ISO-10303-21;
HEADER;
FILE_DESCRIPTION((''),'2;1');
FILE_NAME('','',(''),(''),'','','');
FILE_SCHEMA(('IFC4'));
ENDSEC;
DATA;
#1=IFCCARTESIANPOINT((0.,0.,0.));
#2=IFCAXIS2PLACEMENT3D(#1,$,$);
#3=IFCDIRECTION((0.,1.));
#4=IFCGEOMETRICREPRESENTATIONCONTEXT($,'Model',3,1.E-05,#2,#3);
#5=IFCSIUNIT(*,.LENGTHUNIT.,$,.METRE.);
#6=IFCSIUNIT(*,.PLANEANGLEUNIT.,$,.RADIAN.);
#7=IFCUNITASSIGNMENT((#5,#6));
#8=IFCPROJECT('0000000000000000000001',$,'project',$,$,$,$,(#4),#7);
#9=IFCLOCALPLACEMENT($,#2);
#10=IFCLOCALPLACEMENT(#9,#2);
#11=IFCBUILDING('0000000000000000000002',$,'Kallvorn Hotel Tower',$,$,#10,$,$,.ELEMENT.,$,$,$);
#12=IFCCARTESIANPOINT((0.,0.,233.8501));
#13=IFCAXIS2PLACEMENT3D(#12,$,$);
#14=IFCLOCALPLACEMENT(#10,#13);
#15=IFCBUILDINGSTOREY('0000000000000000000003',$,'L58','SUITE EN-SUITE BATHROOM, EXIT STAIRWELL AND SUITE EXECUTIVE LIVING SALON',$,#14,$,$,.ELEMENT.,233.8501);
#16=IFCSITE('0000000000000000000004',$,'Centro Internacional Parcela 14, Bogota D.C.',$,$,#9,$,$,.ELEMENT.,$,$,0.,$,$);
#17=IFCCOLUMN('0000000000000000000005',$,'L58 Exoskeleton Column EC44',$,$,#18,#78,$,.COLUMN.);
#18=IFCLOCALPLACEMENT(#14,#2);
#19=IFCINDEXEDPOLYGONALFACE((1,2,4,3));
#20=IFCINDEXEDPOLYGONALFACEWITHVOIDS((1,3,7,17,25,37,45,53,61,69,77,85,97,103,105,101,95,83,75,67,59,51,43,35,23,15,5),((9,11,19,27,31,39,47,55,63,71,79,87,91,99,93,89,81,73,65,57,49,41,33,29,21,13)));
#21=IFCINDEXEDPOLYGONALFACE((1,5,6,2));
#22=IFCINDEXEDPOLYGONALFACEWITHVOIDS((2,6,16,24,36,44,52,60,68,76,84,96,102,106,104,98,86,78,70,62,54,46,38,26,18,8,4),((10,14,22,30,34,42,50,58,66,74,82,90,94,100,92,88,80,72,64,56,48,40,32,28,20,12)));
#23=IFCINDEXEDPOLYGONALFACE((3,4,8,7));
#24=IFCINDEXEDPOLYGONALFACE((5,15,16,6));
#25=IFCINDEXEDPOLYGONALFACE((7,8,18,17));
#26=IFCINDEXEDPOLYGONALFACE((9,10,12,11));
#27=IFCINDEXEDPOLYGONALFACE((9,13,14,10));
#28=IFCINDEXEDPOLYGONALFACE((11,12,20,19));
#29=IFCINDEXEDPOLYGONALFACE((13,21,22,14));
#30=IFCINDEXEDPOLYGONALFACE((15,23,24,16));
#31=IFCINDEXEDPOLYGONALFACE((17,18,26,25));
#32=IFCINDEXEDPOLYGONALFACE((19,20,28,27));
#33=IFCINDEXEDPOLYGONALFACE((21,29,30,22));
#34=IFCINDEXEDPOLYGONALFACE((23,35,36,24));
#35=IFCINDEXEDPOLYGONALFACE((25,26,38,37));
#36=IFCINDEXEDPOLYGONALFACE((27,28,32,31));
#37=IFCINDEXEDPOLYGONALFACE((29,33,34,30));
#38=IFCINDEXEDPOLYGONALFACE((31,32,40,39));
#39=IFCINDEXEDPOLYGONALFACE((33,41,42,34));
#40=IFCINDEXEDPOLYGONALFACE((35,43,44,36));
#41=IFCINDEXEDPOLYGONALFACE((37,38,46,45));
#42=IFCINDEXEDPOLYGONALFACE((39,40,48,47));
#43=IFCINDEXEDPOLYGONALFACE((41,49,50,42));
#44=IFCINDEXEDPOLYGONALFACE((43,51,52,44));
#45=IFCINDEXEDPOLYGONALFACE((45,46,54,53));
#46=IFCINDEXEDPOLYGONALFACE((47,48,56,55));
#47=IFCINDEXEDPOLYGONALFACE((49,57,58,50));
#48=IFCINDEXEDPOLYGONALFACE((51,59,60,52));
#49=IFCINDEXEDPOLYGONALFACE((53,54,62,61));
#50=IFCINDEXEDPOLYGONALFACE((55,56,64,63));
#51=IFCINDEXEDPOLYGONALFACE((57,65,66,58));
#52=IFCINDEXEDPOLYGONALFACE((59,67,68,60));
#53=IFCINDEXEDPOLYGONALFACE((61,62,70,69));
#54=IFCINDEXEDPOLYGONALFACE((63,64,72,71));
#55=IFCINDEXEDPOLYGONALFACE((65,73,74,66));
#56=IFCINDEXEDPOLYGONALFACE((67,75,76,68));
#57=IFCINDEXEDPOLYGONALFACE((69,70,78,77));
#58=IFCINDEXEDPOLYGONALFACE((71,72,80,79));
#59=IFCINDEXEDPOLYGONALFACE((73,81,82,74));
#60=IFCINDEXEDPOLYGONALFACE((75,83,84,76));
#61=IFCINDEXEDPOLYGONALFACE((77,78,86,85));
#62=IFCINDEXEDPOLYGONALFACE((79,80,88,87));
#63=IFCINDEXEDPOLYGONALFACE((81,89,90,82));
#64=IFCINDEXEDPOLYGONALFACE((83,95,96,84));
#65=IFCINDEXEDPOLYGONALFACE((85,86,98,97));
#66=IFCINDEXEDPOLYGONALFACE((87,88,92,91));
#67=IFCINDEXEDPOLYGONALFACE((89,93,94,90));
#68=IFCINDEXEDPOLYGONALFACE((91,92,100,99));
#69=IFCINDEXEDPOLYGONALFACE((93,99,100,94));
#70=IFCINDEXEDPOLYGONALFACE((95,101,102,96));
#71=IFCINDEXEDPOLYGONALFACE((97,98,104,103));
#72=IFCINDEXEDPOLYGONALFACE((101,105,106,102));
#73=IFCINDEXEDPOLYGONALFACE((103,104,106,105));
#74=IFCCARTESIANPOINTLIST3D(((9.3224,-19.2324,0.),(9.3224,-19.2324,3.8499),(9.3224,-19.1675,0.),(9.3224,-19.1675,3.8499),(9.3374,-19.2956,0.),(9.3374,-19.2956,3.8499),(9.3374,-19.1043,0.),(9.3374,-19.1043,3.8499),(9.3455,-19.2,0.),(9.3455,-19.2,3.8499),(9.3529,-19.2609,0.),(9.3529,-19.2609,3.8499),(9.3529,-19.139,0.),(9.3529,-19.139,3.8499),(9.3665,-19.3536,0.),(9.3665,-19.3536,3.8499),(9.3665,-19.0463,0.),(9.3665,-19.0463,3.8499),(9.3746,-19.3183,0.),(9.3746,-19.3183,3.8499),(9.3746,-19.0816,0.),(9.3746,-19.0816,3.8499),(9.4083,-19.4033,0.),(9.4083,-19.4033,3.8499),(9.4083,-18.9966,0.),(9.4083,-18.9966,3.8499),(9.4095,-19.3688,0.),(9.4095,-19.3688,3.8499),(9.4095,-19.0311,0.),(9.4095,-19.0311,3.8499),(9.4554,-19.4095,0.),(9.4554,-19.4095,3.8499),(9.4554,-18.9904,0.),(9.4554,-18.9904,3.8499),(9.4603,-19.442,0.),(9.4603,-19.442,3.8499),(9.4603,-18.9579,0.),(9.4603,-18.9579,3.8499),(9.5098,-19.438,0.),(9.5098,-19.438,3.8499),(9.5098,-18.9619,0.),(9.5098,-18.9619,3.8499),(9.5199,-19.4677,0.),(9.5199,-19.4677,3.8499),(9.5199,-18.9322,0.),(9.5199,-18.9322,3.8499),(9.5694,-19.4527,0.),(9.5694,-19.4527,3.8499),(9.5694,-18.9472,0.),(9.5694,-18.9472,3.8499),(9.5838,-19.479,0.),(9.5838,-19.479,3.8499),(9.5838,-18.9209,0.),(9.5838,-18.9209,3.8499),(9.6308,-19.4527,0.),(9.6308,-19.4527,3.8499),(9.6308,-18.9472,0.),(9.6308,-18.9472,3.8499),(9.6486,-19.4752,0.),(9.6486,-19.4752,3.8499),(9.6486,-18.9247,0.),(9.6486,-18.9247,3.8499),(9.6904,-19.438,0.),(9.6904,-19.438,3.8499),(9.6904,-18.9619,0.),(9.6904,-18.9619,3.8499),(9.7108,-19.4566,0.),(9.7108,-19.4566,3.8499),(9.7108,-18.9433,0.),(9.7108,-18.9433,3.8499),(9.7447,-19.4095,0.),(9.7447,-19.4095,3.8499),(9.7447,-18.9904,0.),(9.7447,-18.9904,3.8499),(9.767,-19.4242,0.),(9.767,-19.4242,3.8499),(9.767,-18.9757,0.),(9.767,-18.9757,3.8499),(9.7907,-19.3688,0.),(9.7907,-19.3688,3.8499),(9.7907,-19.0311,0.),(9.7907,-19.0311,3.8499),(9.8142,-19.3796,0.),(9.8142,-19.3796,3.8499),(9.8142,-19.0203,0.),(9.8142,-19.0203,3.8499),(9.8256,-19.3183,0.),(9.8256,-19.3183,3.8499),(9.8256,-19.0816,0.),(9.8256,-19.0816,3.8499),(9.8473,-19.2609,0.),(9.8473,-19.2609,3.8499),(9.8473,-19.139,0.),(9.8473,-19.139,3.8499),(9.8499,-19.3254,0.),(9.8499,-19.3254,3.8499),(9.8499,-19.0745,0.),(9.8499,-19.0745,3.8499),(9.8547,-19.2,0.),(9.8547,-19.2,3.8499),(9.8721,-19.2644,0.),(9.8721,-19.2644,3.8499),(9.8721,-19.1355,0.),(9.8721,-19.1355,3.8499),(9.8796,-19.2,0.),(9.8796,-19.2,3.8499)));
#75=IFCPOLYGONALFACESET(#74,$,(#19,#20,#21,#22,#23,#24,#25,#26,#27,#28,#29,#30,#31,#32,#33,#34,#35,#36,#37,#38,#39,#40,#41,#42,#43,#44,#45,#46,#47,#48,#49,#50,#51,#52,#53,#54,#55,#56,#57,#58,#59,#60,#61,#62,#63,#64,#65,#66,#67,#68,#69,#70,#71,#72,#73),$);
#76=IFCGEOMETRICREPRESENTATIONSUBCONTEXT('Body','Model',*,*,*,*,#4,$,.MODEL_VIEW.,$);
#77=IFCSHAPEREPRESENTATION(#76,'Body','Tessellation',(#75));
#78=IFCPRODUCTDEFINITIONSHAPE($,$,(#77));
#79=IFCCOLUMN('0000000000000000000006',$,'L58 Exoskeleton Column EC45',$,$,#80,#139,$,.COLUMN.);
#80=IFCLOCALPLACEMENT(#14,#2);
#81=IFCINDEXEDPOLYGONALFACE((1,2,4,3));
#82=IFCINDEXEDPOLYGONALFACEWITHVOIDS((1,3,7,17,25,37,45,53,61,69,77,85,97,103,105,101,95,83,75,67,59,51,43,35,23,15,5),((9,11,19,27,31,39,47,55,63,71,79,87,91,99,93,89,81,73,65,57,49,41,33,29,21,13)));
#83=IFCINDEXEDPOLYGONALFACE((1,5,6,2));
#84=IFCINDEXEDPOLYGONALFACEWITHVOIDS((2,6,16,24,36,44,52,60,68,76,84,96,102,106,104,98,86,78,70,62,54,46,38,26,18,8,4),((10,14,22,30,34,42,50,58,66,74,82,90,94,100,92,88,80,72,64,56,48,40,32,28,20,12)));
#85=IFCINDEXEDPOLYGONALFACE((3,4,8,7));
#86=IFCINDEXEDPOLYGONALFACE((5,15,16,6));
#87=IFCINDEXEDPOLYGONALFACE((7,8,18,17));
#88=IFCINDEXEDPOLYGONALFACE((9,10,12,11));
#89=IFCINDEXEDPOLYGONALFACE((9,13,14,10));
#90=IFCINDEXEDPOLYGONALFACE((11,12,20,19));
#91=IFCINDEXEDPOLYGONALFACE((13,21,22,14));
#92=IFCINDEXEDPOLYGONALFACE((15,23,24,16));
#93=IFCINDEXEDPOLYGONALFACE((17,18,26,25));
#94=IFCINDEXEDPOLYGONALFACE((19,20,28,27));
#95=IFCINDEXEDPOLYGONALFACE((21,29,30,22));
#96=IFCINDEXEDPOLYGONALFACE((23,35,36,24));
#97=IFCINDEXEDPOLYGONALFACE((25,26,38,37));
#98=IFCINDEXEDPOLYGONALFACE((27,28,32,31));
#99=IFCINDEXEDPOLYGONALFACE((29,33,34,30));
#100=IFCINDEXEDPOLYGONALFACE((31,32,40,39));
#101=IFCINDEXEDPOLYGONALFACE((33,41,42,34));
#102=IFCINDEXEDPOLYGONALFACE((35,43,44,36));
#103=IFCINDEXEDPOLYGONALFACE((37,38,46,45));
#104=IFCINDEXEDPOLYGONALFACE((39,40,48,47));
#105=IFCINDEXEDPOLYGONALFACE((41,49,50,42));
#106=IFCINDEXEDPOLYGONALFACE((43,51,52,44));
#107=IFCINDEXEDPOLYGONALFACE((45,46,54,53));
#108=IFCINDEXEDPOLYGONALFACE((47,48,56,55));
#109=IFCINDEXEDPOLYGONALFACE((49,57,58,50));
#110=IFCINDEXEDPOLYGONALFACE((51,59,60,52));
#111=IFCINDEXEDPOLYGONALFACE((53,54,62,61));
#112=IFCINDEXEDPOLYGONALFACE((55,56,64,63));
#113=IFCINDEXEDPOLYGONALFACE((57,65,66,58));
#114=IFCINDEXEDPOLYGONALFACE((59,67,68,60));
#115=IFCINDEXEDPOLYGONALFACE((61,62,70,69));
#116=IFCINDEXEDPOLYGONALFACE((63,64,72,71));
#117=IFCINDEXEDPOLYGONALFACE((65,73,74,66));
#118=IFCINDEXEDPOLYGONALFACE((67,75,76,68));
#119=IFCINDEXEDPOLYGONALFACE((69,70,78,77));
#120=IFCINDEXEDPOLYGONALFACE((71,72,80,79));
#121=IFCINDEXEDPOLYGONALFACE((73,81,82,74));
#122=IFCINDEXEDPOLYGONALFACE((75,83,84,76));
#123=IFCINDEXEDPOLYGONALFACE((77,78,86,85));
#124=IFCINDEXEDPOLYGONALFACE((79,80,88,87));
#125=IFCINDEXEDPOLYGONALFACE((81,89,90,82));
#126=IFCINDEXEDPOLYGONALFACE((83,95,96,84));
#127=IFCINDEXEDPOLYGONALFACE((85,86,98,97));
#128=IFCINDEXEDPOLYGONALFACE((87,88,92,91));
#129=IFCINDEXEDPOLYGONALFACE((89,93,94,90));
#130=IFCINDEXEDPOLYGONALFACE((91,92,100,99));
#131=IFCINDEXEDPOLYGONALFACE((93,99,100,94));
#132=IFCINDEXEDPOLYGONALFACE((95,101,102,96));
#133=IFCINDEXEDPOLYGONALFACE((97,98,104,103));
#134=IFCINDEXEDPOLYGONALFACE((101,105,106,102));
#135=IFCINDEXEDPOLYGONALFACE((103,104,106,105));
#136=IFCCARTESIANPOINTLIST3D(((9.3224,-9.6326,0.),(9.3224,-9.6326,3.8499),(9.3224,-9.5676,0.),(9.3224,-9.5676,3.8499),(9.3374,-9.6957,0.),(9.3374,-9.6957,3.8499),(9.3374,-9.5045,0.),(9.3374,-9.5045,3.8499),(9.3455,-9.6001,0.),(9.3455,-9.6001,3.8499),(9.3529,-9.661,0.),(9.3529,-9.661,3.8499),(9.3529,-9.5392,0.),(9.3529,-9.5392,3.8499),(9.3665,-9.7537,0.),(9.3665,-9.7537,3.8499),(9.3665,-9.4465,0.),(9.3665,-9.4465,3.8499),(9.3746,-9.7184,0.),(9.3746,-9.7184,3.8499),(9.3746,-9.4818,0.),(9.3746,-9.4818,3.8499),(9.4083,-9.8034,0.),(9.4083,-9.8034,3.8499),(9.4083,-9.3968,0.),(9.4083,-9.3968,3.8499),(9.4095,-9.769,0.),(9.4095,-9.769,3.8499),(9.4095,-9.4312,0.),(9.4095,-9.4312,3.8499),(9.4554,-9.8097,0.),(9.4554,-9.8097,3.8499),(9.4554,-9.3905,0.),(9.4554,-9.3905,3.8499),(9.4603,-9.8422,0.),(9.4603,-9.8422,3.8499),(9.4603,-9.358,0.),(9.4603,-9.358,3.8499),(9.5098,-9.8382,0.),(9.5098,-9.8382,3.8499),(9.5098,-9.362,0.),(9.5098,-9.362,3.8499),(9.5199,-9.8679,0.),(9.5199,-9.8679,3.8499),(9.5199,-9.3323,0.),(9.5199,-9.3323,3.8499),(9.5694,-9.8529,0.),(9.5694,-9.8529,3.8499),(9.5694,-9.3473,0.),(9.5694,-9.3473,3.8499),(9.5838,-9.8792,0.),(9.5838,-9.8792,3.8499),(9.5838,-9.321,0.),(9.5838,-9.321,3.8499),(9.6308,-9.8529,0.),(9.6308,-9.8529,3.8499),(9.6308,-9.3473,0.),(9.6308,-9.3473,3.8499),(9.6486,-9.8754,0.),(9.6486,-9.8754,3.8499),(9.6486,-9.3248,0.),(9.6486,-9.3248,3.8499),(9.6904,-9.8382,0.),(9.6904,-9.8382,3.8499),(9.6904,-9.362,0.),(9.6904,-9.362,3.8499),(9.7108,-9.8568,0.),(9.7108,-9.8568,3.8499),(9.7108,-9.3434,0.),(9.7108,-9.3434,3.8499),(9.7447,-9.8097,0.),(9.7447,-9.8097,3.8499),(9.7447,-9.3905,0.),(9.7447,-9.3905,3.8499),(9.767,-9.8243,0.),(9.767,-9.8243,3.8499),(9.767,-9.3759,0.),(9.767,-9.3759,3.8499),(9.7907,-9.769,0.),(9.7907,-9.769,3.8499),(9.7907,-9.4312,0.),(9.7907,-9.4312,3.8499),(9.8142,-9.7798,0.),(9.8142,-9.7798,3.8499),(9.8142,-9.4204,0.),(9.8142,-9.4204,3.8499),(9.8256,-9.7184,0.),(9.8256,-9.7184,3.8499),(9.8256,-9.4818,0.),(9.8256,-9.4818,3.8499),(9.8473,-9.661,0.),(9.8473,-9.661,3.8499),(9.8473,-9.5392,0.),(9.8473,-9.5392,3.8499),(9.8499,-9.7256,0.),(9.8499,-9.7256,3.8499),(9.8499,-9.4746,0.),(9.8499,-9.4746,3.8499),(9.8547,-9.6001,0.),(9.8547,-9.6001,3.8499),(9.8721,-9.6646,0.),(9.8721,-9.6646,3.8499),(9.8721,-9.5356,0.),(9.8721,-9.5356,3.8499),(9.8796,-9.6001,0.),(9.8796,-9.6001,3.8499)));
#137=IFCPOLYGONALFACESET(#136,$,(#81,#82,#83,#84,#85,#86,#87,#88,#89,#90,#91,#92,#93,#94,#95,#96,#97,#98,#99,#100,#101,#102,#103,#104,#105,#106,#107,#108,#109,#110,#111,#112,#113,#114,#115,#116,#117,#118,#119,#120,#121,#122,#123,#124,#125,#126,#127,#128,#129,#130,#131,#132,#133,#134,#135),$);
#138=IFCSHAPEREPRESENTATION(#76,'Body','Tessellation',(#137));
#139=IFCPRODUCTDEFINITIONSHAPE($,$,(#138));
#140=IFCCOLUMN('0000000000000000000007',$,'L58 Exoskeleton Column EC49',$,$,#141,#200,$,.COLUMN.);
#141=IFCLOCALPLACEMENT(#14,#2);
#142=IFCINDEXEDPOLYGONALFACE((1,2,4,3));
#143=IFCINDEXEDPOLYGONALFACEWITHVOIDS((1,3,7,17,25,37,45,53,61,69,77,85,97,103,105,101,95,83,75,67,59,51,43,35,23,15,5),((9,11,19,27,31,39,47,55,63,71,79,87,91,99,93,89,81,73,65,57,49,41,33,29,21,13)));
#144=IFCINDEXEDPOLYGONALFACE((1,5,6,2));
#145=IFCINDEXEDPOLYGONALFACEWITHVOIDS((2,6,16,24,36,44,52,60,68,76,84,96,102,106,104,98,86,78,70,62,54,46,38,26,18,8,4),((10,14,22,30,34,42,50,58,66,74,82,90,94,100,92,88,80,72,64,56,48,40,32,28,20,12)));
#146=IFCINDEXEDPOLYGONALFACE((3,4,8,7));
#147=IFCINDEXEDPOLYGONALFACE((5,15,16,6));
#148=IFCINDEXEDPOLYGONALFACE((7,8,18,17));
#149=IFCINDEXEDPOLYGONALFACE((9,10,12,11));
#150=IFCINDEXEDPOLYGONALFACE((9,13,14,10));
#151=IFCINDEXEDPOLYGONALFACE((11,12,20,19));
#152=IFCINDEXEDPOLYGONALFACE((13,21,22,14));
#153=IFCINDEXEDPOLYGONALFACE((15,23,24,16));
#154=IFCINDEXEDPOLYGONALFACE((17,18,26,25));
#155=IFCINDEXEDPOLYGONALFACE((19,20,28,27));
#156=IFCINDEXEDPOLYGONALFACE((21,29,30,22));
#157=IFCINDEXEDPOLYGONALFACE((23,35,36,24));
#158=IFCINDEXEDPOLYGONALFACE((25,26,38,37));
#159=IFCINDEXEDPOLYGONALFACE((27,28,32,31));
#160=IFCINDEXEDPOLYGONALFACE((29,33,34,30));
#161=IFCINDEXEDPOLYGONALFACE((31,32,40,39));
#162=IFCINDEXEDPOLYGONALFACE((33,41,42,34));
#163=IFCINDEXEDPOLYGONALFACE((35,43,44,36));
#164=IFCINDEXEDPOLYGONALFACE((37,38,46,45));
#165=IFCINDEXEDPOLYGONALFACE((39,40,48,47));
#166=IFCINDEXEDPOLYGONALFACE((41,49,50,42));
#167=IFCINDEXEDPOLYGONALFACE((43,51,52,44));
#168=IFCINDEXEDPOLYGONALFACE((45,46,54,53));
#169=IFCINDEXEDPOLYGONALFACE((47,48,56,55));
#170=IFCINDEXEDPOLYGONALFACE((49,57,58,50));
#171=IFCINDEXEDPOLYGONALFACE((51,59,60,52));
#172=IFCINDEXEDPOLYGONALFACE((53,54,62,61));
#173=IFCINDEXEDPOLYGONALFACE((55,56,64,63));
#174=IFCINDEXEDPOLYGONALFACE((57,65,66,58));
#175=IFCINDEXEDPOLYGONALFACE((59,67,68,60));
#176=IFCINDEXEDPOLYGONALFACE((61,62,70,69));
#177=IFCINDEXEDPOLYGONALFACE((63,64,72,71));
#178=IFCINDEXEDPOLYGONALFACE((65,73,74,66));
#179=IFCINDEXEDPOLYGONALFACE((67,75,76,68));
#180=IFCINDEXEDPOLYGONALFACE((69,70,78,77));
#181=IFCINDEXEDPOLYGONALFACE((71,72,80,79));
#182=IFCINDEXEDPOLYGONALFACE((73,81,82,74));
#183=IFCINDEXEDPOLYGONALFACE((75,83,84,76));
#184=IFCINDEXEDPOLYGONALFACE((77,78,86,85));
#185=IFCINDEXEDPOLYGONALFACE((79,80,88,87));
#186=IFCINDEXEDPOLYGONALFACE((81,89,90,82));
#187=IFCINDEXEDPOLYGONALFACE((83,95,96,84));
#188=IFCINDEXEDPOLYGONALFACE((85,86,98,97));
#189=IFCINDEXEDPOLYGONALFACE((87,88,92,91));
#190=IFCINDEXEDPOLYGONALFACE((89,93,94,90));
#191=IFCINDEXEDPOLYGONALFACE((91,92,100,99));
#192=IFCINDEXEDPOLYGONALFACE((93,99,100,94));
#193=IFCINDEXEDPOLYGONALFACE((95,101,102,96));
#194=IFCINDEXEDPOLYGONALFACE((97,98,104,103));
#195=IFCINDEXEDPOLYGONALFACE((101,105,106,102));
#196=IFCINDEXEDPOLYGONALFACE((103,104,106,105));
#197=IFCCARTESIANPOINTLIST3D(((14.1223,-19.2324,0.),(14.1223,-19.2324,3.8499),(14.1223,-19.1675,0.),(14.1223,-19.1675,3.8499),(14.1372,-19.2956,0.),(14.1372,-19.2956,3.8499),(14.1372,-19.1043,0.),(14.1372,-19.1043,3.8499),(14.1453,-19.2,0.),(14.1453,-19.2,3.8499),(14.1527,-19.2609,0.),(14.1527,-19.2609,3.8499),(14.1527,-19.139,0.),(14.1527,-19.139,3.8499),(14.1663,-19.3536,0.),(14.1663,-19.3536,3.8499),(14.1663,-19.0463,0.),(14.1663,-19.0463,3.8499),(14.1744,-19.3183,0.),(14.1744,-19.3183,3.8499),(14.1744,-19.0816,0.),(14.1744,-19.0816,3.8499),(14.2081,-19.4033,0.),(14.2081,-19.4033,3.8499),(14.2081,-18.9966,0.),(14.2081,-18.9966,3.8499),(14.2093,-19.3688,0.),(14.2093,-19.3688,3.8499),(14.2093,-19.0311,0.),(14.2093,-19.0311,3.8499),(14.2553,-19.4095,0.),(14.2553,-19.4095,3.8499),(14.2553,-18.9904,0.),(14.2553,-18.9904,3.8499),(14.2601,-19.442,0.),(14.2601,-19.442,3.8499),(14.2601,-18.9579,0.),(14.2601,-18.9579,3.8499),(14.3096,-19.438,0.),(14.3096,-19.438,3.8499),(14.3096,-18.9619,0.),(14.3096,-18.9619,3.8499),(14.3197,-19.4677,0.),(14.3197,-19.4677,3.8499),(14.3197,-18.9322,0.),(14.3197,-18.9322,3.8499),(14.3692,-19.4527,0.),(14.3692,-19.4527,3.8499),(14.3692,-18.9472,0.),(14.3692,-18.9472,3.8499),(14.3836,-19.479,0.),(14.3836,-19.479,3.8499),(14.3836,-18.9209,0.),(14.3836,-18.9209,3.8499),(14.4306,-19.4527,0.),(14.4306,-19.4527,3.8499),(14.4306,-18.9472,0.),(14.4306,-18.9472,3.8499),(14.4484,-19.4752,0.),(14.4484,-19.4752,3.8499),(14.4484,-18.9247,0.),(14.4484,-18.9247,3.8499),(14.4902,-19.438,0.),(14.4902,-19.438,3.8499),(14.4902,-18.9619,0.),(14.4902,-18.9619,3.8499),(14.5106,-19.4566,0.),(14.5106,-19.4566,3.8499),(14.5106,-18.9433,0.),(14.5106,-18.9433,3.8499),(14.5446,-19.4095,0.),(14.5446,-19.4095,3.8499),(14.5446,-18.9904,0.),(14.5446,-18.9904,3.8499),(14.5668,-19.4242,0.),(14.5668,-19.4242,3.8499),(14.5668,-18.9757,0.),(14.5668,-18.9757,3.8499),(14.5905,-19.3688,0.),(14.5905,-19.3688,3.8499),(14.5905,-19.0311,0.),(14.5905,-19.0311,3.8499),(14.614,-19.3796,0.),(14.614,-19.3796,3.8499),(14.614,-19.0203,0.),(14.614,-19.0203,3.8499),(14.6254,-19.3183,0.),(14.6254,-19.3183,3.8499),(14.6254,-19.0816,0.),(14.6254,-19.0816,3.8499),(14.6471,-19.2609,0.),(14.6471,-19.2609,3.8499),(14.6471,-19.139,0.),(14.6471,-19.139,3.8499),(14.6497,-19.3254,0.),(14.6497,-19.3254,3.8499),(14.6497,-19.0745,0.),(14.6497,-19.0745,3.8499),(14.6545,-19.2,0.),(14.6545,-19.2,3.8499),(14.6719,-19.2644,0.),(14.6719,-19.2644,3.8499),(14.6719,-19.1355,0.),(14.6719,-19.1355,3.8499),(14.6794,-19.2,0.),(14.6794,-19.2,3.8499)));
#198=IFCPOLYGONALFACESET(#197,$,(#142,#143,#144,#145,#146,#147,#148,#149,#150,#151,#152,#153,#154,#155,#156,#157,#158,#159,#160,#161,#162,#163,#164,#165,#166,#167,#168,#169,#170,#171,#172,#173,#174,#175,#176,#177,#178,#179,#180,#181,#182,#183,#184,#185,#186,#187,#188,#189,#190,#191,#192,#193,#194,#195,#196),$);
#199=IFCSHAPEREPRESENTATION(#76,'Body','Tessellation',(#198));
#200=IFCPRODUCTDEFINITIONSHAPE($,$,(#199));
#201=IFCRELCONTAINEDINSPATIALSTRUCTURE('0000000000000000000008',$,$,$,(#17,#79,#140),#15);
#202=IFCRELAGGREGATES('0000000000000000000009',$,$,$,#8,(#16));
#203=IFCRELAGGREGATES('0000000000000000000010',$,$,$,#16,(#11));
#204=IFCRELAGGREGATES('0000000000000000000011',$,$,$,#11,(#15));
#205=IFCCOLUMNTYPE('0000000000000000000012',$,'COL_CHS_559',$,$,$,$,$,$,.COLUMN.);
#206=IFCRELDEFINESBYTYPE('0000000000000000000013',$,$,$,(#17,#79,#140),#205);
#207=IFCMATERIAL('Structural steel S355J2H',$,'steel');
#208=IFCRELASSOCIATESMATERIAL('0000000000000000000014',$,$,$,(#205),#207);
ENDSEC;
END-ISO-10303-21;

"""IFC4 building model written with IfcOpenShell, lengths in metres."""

from ifc_helpers import new_model, si_unit, direction, frame, origin, origin_2d, place, context, subcontext, project, spatial, hollow_circle, extrude, material, material_profile, profile_set, type_object, element, save


model = new_model("IFC4")

# Units and contexts
model_context = context("Model", 3, precision=1e-05, world=origin(), true_north=direction((0.0, 1.0)))
body_context = subcontext(model_context, "Body", "Model", "MODEL_VIEW")
ifc_project = project(units=[si_unit("LENGTHUNIT", "METRE"), si_unit("PLANEANGLEUNIT", "RADIAN")], contexts=[model_context])

# Site, building, storey
site_placement = place(None, origin())
site = spatial("IfcSite", under=ifc_project, at=site_placement, Name="Centro Internacional Parcela 14, Bogota D.C.", CompositionType="ELEMENT", RefElevation=0.0)
building_placement = place(site_placement, origin())
building = spatial("IfcBuilding", under=site, at=building_placement, Name="Kallvorn Hotel Tower", CompositionType="ELEMENT")
storey_placement = place(building_placement, frame((0.0, 0.0, 233.8501)))
storey = spatial("IfcBuildingStorey", under=building, at=storey_placement, Name="L58", Description="SUITE EN-SUITE BATHROOM, EXIT STAIRWELL AND SUITE EXECUTIVE LIVING SALON", CompositionType="ELEMENT", Elevation=233.8501)

# Columns
ifc_material_1 = material(Name="Structural steel S355J2H", Category="steel")
ifc_material_profile_1 = material_profile(ifc_material_1, hollow_circle(Radius=0.2795, WallThickness=0.0249, at=origin_2d()), Name="CHS 559x25")
ifc_profile_set_1 = profile_set([ifc_material_profile_1], Name="Structural steel S355J2H")
column_type_1 = type_object("IfcColumnType", Name="COL_CHS_559", PredefinedType="COLUMN", material=ifc_profile_set_1)
for number, where, z_axis, x_axis, name in (
    (1, (9.6001, -19.2, 0.0), (0.0, 0.0, 1.0), (1.0, 0.0, 0.0), "L58 Exoskeleton Column EC44"),
    (2, (9.6001, -9.6001, 0.0), (0.0, 0.0, 1.0), (1.0, 0.0, 0.0), "L58 Exoskeleton Column EC45"),
    (3, (14.3999, -19.2, 0.0), (0.0, 0.0, 1.0), (1.0, 0.0, 0.0), "L58 Exoskeleton Column EC49"),
):
    element("IfcColumn", number, at=place(storey_placement, frame(where, z_axis=z_axis, x_axis=x_axis)), inside=storey, type_object=column_type_1, Name=name, PredefinedType="COLUMN", context=body_context, shape_type="SweptSolid", body=[
        extrude(hollow_circle(Radius=0.2795, WallThickness=0.0249, at=origin_2d()), origin(), (0.0, 0.0, 1.0), 3.8499),
    ])

save(model, "model.ifc")
